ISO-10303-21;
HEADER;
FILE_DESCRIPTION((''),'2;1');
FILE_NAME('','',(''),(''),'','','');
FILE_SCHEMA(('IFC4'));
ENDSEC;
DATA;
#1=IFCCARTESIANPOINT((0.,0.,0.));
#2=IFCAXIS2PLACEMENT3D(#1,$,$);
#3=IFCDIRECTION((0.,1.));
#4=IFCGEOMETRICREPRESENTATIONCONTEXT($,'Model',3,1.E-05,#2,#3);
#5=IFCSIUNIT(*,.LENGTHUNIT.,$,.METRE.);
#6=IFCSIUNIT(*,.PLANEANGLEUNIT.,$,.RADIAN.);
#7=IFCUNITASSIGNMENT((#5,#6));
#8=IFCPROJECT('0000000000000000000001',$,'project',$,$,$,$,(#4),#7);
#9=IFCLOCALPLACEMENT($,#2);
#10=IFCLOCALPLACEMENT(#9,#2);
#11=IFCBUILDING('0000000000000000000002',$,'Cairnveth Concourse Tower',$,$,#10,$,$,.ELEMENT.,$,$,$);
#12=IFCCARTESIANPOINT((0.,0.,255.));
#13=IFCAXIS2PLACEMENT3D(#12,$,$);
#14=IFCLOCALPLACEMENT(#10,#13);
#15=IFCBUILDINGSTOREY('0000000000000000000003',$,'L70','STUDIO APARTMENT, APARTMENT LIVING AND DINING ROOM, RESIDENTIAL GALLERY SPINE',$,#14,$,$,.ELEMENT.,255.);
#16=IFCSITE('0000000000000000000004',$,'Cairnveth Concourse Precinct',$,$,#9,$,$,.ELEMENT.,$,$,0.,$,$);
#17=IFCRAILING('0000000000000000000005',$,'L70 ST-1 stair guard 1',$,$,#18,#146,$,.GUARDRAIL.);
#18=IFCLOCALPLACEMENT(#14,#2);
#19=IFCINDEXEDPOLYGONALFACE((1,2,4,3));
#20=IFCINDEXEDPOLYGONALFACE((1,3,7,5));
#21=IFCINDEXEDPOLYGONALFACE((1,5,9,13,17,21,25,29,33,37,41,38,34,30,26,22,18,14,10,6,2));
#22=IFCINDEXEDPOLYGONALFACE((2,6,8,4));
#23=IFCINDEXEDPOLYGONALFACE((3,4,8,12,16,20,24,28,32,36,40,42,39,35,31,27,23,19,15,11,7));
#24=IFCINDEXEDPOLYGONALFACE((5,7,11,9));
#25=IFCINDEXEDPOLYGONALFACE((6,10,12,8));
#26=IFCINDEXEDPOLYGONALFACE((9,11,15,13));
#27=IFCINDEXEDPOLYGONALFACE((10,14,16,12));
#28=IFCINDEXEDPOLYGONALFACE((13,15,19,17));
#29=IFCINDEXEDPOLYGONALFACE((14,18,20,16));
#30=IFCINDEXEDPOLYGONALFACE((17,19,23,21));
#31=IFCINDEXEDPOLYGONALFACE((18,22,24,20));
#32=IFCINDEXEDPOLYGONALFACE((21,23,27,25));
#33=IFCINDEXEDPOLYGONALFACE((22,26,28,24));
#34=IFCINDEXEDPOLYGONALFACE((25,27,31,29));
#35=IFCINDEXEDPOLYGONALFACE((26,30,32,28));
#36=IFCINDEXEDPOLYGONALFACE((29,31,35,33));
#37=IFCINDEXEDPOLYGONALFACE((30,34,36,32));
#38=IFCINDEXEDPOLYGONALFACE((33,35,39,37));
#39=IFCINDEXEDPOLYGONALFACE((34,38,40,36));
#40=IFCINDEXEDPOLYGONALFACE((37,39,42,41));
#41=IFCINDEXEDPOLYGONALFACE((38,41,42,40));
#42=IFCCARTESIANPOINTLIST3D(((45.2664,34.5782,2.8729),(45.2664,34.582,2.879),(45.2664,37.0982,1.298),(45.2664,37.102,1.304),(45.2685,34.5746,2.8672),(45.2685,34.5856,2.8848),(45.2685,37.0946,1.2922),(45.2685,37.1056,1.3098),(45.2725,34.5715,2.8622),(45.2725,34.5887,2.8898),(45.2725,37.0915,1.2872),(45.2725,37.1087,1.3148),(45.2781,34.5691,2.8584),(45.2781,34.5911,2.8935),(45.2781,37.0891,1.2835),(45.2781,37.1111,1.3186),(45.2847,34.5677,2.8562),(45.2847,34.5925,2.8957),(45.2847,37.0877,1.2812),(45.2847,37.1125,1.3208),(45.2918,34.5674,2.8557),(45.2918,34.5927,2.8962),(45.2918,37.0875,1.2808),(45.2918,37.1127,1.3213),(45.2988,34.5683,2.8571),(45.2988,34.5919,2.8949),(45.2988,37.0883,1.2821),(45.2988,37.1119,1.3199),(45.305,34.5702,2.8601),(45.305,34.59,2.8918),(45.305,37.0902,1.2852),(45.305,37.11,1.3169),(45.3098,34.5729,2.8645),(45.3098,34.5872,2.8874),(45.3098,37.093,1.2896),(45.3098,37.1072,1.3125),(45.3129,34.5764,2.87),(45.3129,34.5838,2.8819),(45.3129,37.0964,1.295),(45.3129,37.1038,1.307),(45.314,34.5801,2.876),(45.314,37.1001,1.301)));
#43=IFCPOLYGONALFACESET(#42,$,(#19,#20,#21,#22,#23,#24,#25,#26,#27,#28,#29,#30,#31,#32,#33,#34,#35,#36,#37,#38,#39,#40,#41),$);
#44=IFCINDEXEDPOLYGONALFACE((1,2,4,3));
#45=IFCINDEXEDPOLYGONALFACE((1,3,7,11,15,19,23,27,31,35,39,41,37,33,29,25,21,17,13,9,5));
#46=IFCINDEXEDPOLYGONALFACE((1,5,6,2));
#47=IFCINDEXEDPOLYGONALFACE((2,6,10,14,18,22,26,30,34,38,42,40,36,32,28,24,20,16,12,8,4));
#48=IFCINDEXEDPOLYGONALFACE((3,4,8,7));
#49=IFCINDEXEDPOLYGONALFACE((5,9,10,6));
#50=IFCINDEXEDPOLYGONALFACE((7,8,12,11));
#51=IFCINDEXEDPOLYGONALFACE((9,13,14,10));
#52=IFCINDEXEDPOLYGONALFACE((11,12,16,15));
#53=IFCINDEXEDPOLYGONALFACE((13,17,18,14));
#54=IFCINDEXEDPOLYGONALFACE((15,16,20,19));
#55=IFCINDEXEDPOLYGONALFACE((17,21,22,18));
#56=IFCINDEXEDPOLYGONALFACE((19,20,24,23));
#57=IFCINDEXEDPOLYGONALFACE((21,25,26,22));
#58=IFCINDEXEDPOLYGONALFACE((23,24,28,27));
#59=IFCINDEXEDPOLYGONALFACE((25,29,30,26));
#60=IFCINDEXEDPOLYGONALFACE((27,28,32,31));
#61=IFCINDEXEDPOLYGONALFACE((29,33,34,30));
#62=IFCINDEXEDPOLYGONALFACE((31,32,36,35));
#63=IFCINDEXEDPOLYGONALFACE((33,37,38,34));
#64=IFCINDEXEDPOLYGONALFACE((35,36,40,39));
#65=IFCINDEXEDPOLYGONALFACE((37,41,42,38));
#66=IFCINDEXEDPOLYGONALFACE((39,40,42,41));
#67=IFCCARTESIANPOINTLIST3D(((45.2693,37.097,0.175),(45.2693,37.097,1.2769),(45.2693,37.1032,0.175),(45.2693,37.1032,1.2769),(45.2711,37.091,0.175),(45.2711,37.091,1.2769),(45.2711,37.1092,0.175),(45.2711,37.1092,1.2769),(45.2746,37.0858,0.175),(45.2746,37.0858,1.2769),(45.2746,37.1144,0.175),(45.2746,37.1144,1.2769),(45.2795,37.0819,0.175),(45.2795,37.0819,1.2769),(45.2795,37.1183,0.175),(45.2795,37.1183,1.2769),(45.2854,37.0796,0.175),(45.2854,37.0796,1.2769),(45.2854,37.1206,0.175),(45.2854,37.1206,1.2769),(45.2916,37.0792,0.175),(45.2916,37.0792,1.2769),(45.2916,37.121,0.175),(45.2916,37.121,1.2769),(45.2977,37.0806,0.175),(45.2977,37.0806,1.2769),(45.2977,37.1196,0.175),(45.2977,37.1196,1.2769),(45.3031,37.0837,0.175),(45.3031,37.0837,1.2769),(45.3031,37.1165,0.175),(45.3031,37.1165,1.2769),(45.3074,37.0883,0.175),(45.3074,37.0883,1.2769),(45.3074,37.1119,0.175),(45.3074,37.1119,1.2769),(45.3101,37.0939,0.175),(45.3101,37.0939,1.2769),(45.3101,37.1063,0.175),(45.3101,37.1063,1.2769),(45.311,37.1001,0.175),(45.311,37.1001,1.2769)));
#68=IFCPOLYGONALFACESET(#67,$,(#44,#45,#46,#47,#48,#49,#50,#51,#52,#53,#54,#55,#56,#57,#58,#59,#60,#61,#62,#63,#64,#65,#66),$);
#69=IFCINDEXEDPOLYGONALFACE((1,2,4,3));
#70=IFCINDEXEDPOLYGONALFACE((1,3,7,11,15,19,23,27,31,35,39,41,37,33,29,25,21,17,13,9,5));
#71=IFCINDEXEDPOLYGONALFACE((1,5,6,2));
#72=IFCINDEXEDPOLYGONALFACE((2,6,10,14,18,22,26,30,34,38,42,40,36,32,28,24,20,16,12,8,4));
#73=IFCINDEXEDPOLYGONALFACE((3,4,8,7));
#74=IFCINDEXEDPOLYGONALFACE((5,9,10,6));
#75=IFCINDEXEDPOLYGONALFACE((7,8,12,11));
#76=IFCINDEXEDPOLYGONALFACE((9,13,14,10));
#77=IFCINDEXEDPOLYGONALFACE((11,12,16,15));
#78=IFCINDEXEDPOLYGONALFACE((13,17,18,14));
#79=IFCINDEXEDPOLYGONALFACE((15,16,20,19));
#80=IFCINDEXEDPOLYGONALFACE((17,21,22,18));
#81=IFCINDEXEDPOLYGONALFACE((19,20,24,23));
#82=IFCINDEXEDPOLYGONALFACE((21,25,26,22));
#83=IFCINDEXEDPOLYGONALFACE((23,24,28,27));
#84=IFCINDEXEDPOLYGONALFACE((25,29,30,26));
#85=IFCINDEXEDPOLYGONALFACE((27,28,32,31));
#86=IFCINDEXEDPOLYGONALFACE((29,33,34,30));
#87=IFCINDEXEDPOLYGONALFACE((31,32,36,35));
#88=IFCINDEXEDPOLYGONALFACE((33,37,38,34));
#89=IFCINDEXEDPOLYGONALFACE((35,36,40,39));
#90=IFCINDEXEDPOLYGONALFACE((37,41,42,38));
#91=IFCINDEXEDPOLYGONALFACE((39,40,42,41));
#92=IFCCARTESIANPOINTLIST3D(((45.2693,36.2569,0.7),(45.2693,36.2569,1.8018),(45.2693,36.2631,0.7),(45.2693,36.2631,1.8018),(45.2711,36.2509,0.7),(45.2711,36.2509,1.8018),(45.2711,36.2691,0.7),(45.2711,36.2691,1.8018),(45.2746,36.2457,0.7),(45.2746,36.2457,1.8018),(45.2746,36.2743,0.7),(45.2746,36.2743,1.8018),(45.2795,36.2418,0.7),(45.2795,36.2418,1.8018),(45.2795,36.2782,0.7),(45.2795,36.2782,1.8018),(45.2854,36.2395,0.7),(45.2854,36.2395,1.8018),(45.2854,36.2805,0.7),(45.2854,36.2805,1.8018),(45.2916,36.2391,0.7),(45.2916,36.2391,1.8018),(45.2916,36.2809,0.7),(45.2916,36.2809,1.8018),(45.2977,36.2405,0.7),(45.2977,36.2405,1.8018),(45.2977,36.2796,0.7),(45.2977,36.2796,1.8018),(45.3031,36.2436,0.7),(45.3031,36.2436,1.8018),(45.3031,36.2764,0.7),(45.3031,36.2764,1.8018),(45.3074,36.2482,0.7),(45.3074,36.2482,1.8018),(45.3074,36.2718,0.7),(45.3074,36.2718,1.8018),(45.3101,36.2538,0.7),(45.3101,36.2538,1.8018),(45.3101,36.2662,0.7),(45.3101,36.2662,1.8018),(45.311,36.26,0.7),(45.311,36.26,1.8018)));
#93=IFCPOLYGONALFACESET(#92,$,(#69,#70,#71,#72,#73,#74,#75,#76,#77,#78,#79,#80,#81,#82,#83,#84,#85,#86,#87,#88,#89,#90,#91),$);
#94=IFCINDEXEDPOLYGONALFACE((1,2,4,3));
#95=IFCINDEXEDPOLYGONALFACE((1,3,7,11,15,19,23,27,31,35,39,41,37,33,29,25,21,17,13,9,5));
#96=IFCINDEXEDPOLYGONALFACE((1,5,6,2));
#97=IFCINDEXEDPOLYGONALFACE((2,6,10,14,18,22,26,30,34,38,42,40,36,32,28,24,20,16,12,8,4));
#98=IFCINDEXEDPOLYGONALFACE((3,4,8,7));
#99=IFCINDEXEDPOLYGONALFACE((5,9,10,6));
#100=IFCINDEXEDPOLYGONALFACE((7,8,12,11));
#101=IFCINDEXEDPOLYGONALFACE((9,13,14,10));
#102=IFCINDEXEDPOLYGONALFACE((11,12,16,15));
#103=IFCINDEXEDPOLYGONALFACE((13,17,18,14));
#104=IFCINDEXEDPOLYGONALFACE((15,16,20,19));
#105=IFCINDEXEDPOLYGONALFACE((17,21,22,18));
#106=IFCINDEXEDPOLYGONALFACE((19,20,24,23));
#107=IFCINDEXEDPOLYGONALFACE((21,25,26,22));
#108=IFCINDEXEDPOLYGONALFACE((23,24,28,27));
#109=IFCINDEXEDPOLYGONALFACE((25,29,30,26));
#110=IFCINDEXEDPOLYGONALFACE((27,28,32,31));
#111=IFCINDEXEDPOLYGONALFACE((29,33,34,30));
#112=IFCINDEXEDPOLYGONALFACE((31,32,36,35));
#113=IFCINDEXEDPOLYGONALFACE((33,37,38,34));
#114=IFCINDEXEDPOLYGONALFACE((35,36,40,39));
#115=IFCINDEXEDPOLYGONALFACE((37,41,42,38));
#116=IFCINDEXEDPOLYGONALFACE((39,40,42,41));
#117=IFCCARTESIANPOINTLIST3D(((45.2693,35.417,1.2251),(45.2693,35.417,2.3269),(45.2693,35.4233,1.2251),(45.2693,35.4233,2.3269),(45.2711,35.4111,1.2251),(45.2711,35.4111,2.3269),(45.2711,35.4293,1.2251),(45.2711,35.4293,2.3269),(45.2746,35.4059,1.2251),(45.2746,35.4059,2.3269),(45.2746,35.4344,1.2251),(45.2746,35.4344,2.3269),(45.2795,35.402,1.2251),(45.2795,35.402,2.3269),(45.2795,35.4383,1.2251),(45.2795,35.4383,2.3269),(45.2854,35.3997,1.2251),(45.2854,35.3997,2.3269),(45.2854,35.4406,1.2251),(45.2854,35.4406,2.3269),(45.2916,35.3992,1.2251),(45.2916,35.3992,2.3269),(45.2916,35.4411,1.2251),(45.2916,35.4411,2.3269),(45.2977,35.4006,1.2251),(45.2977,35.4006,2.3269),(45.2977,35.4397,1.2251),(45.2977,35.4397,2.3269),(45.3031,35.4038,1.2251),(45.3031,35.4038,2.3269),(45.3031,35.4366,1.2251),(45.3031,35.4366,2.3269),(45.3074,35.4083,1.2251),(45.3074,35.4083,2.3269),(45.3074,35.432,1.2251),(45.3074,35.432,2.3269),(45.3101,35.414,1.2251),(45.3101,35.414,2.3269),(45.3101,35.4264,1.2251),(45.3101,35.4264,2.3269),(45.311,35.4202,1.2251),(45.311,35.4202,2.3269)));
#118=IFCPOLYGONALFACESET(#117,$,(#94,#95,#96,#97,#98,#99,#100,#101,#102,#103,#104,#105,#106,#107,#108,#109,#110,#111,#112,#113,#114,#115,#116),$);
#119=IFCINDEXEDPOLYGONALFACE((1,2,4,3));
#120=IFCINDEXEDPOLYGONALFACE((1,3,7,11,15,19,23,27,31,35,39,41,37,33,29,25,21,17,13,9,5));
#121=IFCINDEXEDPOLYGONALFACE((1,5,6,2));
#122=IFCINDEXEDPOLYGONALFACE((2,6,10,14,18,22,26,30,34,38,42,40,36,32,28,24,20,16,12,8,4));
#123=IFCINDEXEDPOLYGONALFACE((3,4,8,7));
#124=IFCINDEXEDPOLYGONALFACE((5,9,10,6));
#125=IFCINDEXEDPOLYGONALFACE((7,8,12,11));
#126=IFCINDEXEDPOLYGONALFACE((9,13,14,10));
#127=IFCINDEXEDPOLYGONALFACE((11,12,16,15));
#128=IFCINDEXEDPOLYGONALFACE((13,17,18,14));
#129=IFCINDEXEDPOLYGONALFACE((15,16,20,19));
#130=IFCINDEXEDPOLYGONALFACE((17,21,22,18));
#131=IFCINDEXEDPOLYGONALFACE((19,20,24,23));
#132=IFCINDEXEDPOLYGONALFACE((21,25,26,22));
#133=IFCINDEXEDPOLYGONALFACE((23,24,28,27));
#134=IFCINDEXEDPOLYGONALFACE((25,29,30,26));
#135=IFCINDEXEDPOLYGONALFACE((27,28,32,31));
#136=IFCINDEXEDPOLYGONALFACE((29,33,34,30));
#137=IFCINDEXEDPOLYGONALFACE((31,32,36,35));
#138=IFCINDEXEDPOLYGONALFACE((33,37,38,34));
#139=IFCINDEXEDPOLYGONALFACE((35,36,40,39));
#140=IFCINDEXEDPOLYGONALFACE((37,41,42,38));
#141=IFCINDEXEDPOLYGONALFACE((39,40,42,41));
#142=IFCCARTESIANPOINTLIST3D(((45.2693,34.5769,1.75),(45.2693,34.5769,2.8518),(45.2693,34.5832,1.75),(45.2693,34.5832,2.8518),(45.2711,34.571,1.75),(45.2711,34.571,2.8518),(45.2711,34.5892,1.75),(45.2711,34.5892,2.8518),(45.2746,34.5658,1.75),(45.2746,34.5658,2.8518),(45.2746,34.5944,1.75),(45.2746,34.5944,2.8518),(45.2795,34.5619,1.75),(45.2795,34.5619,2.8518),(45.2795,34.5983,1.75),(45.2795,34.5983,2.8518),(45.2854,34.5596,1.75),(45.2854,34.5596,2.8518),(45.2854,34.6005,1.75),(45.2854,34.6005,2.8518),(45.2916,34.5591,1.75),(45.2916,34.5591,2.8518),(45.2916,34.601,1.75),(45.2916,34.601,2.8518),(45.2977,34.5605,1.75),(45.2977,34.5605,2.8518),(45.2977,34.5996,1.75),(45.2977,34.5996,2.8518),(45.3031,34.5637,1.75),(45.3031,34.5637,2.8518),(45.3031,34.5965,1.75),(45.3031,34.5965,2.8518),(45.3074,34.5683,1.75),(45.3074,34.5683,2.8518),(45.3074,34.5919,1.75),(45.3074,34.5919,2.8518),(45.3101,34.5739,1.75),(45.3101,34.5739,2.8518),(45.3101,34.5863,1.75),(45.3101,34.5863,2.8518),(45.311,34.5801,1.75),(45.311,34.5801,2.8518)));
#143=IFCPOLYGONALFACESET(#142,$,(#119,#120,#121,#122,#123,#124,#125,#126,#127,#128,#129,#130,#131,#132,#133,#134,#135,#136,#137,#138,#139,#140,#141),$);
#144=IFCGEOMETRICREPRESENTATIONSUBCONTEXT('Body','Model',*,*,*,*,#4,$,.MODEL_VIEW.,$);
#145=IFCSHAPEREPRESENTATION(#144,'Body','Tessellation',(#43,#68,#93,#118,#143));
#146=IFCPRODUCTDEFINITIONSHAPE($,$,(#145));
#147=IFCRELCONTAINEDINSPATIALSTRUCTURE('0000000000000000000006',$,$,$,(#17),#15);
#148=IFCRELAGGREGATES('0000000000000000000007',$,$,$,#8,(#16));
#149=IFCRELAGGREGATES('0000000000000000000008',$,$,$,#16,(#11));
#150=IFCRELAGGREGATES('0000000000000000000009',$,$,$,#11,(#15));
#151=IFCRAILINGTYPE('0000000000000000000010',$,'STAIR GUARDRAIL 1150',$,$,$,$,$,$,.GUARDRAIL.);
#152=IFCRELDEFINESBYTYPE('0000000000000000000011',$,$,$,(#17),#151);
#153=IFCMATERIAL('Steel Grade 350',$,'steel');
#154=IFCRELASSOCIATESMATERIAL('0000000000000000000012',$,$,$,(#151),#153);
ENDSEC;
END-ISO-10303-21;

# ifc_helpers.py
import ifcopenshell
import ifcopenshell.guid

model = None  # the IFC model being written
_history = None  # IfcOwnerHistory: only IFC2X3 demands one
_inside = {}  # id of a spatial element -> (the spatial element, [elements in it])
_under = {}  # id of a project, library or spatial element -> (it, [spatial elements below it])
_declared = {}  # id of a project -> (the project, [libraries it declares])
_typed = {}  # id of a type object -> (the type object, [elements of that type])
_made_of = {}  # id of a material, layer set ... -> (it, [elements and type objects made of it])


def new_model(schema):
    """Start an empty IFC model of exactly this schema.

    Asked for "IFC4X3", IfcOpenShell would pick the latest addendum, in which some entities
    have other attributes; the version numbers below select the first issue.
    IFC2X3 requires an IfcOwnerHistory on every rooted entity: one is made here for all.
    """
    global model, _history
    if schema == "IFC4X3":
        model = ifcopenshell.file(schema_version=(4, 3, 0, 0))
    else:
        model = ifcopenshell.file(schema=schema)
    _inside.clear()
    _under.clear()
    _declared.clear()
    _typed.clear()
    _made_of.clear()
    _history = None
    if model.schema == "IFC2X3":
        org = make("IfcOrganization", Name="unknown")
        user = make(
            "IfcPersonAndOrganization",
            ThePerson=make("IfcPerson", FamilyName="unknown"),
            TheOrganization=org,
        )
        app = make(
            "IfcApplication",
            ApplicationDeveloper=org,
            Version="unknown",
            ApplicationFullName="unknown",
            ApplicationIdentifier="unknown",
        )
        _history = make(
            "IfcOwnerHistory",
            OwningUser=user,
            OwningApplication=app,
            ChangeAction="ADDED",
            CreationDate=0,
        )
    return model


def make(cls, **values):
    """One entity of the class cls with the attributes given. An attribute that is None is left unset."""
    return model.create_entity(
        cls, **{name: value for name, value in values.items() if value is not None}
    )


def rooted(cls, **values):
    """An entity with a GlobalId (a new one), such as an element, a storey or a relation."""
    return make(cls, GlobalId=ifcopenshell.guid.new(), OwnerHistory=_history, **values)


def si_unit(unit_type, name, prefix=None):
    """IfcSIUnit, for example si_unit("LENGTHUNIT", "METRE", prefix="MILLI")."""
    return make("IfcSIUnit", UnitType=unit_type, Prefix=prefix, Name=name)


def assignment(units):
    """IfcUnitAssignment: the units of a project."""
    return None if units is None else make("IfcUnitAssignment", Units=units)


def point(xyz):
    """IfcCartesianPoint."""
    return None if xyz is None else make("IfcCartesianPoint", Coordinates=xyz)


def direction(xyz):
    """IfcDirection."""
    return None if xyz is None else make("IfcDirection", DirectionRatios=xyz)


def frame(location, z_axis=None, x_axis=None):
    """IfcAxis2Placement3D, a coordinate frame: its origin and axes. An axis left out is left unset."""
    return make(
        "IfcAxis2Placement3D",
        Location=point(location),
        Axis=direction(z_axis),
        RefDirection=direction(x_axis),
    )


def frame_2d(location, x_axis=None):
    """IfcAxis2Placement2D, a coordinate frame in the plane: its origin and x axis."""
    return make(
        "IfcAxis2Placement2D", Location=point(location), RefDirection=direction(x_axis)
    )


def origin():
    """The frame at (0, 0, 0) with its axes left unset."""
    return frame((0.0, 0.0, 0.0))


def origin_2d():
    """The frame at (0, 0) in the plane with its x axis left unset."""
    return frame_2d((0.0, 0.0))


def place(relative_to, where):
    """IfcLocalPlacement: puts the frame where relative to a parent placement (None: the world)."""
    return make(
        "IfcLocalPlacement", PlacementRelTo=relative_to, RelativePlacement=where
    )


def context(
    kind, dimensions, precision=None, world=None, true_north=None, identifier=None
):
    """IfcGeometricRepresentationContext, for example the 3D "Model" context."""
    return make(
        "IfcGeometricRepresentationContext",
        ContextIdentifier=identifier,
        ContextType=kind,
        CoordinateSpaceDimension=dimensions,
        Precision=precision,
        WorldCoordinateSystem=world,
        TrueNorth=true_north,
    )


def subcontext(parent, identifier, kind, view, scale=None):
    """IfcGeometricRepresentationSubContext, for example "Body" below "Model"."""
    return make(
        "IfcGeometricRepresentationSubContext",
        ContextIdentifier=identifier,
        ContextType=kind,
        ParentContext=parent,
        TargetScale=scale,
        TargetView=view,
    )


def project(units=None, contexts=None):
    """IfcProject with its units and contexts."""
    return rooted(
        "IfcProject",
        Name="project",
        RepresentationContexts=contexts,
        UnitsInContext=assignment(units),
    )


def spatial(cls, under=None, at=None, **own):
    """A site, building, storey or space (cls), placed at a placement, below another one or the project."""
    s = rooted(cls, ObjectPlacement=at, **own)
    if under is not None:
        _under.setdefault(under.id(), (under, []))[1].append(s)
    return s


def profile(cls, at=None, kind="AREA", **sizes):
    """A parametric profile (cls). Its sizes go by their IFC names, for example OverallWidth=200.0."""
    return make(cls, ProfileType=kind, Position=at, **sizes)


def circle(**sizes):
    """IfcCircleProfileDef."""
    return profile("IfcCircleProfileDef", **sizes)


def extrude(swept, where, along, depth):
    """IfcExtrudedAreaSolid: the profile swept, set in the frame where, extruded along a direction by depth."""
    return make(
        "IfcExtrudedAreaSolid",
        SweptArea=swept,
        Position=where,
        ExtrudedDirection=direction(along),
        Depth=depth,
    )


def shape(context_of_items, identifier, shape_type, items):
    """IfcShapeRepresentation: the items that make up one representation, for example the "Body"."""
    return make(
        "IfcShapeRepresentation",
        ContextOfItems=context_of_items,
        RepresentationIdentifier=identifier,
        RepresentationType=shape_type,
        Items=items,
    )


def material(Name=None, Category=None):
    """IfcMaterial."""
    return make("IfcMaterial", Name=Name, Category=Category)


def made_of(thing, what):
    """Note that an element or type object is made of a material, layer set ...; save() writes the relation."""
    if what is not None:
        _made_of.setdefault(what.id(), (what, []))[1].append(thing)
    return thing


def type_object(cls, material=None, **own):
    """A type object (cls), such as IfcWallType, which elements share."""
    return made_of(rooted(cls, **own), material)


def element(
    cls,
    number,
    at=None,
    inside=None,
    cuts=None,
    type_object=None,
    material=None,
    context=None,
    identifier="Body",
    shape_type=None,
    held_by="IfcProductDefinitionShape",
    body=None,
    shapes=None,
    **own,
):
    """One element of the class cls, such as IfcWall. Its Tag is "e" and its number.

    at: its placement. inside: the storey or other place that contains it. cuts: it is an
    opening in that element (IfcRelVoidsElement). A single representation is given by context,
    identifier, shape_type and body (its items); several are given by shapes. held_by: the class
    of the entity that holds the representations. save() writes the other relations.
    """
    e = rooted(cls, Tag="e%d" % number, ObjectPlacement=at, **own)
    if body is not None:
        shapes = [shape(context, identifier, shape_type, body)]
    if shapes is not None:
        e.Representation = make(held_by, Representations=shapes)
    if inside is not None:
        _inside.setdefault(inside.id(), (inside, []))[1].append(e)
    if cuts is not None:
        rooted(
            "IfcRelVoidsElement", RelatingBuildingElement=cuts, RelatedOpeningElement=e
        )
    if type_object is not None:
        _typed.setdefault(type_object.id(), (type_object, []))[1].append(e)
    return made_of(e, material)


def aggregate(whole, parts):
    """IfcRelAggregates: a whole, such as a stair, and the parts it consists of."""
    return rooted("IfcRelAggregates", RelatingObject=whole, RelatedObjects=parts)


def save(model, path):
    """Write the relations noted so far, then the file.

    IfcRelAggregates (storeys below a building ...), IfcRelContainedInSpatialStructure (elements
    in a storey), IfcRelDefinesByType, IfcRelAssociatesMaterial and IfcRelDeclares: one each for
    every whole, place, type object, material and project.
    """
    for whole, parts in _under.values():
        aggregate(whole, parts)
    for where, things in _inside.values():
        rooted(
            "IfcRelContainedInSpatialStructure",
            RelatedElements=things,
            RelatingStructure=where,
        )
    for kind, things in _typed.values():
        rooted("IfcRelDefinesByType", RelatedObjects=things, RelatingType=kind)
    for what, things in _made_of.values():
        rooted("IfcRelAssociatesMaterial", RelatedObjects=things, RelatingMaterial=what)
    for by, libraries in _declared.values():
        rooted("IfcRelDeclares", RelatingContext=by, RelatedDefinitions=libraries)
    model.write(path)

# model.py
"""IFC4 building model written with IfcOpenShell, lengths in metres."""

from ifc_helpers import new_model, si_unit, direction, frame, origin, origin_2d, place, context, subcontext, project, spatial, circle, extrude, material, type_object, element, save


model = new_model("IFC4")

# Units and contexts
model_context = context("Model", 3, precision=1e-05, world=origin(), true_north=direction((0.0, 1.0)))
body_context = subcontext(model_context, "Body", "Model", "MODEL_VIEW")
ifc_project = project(units=[si_unit("LENGTHUNIT", "METRE"), si_unit("PLANEANGLEUNIT", "RADIAN")], contexts=[model_context])

# Site, building, storey
site_placement = place(None, origin())
site = spatial("IfcSite", under=ifc_project, at=site_placement, Name="Cairnveth Concourse Precinct", CompositionType="ELEMENT", RefElevation=0.0)
building_placement = place(site_placement, origin())
building = spatial("IfcBuilding", under=site, at=building_placement, Name="Cairnveth Concourse Tower", CompositionType="ELEMENT")
storey_placement = place(building_placement, frame((0.0, 0.0, 255.0)))
storey = spatial("IfcBuildingStorey", under=building, at=storey_placement, Name="L70", Description="STUDIO APARTMENT, APARTMENT LIVING AND DINING ROOM, RESIDENTIAL GALLERY SPINE", CompositionType="ELEMENT", Elevation=255.0)

# Shared definitions
ifc_material_1 = material(Name="Steel Grade 350", Category="steel")

# Railing
railing_type_1 = type_object("IfcRailingType", Name="STAIR GUARDRAIL 1150", PredefinedType="GUARDRAIL", material=ifc_material_1)
railing_1_placement = place(storey_placement, frame((45.29, 37.1001, 0.175)))
element("IfcRailing", 1, at=railing_1_placement, inside=storey, type_object=railing_type_1, Name="L70 ST-1 stair guard 1", PredefinedType="GUARDRAIL", context=body_context, shape_type="SweptSolid", body=[
    extrude(circle(Radius=0.0239, at=origin_2d()), frame((0.0, 0.0, 1.126), z_axis=(0.0, -0.848008, 0.529984), x_axis=(1.0, 0.0, 0.0)), (0.0, 0.0, 1.0), 2.9717),
    extrude(circle(Radius=0.021, at=origin_2d()), origin(), (0.0, 0.0, 1.0), 1.1018),
    extrude(circle(Radius=0.021, at=origin_2d()), frame((0.0, -0.8401, 0.5249)), (0.0, 0.0, 1.0), 1.1018),
    extrude(circle(Radius=0.021, at=origin_2d()), frame((0.0, -1.6799, 1.05)), (0.0, 0.0, 1.0), 1.1018),
    extrude(circle(Radius=0.021, at=origin_2d()), frame((0.0, -2.52, 1.575)), (0.0, 0.0, 1.0), 1.1018),
])

save(model, "model.ifc")
